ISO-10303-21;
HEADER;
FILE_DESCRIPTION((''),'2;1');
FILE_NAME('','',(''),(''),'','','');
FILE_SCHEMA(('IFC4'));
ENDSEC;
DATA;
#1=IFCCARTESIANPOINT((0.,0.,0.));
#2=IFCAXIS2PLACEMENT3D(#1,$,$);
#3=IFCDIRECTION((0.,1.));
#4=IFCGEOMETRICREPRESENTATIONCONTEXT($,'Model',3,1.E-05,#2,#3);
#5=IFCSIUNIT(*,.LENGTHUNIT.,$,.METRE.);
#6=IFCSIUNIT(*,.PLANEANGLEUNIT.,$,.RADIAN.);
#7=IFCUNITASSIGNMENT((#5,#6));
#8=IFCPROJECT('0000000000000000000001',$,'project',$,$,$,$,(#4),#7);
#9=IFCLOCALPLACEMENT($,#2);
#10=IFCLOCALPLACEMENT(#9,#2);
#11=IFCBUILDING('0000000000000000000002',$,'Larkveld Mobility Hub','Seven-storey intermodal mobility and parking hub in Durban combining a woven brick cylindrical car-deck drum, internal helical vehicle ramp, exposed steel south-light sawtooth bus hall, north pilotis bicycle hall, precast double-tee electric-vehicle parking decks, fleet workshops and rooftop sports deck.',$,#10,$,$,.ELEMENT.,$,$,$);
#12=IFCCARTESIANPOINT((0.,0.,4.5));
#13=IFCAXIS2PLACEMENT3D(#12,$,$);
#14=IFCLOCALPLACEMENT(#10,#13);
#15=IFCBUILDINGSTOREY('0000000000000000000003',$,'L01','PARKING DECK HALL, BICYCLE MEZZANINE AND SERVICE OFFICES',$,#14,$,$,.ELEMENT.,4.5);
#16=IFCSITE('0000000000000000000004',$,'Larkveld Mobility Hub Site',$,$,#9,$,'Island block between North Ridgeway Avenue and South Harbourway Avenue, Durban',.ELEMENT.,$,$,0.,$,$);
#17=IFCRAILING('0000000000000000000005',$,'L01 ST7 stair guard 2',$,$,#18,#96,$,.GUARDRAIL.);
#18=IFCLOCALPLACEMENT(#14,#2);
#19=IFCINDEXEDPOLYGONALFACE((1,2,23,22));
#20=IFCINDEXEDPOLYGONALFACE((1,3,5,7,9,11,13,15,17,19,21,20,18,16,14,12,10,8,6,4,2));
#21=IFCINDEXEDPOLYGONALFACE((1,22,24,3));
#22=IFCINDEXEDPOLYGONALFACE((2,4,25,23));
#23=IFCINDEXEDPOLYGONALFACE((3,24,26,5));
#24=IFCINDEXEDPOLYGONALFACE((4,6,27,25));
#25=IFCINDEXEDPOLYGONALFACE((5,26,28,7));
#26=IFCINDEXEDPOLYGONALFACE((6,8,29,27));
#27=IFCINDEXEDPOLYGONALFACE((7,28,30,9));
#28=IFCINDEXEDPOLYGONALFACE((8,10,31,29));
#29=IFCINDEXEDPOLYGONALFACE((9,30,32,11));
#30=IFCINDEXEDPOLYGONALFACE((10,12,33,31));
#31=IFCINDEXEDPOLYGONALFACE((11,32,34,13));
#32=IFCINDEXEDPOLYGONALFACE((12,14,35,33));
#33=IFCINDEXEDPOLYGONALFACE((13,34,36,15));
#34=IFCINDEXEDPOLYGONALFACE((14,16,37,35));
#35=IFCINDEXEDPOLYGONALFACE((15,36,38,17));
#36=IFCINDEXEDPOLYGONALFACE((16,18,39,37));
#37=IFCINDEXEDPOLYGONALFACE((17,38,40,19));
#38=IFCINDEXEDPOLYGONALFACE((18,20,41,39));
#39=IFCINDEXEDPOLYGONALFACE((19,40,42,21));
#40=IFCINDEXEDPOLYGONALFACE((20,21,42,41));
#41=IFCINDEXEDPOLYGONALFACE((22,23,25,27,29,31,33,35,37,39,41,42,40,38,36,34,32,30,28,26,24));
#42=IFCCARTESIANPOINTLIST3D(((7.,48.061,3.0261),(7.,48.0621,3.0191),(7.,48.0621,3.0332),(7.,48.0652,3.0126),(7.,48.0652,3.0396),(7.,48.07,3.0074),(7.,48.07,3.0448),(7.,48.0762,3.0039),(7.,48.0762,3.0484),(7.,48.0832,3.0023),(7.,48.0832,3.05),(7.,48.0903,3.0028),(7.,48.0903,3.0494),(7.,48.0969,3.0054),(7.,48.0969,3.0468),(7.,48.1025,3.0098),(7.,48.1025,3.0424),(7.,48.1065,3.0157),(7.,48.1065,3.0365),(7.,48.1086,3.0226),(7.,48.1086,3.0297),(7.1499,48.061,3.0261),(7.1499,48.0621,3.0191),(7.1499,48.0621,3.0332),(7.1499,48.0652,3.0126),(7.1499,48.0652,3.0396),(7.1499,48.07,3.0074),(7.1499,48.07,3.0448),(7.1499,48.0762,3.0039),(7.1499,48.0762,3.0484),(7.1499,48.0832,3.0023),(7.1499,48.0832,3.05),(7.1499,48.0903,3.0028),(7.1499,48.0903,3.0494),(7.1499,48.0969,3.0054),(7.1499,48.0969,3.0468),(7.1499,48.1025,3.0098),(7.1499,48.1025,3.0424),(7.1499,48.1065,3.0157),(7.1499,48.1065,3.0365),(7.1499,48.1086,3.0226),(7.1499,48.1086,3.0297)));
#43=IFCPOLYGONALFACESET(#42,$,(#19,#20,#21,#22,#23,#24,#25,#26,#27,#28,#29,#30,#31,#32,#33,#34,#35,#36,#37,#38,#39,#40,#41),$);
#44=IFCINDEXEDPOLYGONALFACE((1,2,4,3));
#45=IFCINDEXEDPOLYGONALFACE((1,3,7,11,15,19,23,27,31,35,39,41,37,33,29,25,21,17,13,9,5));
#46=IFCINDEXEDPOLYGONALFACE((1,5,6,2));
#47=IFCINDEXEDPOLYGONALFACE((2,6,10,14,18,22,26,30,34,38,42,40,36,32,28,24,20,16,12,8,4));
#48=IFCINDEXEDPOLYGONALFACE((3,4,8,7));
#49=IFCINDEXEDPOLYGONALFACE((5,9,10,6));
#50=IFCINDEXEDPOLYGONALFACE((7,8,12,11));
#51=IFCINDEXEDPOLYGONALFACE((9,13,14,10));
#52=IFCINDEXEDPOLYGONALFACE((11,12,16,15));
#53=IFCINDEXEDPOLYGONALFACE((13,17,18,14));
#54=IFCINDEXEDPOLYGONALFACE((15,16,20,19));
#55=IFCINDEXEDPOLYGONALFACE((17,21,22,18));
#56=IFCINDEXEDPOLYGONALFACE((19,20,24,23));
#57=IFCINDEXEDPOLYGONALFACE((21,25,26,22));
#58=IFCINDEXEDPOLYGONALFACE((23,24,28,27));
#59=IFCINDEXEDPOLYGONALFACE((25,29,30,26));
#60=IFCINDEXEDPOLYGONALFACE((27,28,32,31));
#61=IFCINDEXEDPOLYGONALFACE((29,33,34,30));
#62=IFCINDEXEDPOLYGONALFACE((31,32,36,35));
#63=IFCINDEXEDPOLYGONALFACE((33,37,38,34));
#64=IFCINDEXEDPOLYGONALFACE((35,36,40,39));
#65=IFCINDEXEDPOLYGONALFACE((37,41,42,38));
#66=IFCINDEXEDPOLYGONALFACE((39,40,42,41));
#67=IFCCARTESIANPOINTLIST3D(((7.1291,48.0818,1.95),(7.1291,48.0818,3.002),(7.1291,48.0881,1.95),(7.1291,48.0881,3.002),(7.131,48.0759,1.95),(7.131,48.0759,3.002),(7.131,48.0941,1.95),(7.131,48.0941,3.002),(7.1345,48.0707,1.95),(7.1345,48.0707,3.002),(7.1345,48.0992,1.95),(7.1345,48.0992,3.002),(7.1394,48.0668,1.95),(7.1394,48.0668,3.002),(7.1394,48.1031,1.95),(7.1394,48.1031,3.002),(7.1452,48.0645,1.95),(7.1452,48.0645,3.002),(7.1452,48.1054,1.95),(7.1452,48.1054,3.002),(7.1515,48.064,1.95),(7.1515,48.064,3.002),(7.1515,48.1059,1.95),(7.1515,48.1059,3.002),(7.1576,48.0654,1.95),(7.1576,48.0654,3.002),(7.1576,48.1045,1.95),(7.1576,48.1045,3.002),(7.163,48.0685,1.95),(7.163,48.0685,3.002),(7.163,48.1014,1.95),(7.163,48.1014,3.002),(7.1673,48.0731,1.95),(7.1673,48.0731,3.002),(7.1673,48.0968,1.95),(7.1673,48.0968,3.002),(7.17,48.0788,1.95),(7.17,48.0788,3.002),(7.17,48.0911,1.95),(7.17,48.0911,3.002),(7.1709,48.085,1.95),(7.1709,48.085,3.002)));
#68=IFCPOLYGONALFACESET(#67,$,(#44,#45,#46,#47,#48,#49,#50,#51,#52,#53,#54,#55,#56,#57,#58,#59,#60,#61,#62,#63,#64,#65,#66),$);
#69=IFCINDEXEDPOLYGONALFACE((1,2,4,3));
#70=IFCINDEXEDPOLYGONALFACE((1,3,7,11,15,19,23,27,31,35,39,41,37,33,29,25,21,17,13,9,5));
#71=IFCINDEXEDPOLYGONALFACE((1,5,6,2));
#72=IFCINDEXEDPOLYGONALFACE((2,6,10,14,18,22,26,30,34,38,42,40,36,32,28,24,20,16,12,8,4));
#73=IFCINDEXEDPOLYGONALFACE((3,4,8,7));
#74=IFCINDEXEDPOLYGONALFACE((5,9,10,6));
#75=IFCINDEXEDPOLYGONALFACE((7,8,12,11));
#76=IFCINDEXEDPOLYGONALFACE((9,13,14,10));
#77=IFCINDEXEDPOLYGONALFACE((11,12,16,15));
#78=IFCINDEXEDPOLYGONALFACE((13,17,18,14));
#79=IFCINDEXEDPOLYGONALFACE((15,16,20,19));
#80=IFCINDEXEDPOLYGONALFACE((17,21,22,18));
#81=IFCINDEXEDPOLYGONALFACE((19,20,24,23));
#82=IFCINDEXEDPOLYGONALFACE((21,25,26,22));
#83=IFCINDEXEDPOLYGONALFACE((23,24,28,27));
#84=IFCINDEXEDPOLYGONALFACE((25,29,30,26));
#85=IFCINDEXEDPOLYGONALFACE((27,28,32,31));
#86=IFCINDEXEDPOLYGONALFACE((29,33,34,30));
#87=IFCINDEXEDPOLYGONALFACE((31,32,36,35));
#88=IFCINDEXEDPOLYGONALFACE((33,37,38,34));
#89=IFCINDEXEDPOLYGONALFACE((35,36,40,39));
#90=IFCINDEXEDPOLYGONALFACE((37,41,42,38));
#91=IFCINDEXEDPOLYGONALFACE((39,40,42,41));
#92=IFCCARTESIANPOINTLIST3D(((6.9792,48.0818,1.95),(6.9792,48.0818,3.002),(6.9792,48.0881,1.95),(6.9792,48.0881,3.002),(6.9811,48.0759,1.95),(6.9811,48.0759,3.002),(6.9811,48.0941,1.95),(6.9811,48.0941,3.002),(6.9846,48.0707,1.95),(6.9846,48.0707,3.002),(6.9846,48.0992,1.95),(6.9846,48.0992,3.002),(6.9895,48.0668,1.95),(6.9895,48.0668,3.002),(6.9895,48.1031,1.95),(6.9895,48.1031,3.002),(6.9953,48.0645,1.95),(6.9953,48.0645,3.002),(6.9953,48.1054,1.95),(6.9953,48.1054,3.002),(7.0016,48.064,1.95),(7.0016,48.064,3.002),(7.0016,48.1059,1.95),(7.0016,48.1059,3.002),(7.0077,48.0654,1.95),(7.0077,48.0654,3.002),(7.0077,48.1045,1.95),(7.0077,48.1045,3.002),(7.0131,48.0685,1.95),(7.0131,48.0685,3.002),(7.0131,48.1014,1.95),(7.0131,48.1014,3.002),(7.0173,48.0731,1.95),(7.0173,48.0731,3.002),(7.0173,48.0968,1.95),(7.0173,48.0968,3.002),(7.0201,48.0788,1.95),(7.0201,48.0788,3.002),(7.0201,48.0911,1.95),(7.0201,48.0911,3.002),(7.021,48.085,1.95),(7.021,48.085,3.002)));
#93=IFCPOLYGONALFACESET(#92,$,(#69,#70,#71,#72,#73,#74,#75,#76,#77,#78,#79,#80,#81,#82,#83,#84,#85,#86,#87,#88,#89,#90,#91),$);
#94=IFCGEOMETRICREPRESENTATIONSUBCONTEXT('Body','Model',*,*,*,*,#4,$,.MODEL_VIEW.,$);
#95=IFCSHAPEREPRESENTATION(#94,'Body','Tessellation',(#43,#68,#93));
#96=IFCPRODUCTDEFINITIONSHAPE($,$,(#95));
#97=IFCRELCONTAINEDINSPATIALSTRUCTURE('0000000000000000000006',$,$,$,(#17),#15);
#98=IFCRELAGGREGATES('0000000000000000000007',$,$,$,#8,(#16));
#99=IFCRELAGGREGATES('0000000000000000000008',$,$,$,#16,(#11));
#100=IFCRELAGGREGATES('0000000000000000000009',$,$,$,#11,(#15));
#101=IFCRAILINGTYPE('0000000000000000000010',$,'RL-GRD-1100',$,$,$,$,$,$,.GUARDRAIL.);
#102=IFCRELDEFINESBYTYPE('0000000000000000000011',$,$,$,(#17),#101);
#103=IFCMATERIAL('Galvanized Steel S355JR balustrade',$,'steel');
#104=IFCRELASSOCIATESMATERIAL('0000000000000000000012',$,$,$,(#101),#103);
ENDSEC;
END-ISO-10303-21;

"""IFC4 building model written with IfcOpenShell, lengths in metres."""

from ifc_helpers import new_model, si_unit, direction, frame, origin, origin_2d, place, context, subcontext, project, spatial, circle, extrude, material, type_object, element, save


model = new_model("IFC4")

# Units and contexts
model_context = context("Model", 3, precision=1e-05, world=origin(), true_north=direction((0.0, 1.0)))
body_context = subcontext(model_context, "Body", "Model", "MODEL_VIEW")
ifc_project = project(units=[si_unit("LENGTHUNIT", "METRE"), si_unit("PLANEANGLEUNIT", "RADIAN")], contexts=[model_context])

# Site, building, storey
site_placement = place(None, origin())
site = spatial("IfcSite", under=ifc_project, at=site_placement, Name="Larkveld Mobility Hub Site", LongName="Island block between North Ridgeway Avenue and South Harbourway Avenue, Durban", CompositionType="ELEMENT", RefElevation=0.0)
building_placement = place(site_placement, origin())
building = spatial("IfcBuilding", under=site, at=building_placement, Name="Larkveld Mobility Hub", Description="Seven-storey intermodal mobility and parking hub in Durban combining a woven brick cylindrical car-deck drum, internal helical vehicle ramp, exposed steel south-light sawtooth bus hall, north pilotis bicycle hall, precast double-tee electric-vehicle parking decks, fleet workshops and rooftop sports deck.", CompositionType="ELEMENT")
storey_placement = place(building_placement, frame((0.0, 0.0, 4.5)))
storey = spatial("IfcBuildingStorey", under=building, at=storey_placement, Name="L01", Description="PARKING DECK HALL, BICYCLE MEZZANINE AND SERVICE OFFICES", CompositionType="ELEMENT", Elevation=4.5)

# Railing
ifc_material_1 = material(Name="Galvanized Steel S355JR balustrade", Category="steel")
railing_type_1 = type_object("IfcRailingType", Name="RL-GRD-1100", PredefinedType="GUARDRAIL", material=ifc_material_1)
railing_1_placement = place(storey_placement, frame((7.1499, 48.085, 1.95)))
element("IfcRailing", 1, at=railing_1_placement, inside=storey, type_object=railing_type_1, Name="L01 ST7 stair guard 2", PredefinedType="GUARDRAIL", context=body_context, shape_type="SweptSolid", body=[
    extrude(circle(Radius=0.0239, at=origin_2d()), frame((0.0, 0.0, 1.0762), z_axis=(-1.0, 0.0, 0.0), x_axis=(0.0, -1.0, 0.0)), (0.0, 0.0, 1.0), 0.1499),
    extrude(circle(Radius=0.021, at=origin_2d()), origin(), (0.0, 0.0, 1.0), 1.052),
    extrude(circle(Radius=0.021, at=origin_2d()), frame((-0.1499, 0.0, 0.0)), (0.0, 0.0, 1.0), 1.052),
])

save(model, "model.ifc")
